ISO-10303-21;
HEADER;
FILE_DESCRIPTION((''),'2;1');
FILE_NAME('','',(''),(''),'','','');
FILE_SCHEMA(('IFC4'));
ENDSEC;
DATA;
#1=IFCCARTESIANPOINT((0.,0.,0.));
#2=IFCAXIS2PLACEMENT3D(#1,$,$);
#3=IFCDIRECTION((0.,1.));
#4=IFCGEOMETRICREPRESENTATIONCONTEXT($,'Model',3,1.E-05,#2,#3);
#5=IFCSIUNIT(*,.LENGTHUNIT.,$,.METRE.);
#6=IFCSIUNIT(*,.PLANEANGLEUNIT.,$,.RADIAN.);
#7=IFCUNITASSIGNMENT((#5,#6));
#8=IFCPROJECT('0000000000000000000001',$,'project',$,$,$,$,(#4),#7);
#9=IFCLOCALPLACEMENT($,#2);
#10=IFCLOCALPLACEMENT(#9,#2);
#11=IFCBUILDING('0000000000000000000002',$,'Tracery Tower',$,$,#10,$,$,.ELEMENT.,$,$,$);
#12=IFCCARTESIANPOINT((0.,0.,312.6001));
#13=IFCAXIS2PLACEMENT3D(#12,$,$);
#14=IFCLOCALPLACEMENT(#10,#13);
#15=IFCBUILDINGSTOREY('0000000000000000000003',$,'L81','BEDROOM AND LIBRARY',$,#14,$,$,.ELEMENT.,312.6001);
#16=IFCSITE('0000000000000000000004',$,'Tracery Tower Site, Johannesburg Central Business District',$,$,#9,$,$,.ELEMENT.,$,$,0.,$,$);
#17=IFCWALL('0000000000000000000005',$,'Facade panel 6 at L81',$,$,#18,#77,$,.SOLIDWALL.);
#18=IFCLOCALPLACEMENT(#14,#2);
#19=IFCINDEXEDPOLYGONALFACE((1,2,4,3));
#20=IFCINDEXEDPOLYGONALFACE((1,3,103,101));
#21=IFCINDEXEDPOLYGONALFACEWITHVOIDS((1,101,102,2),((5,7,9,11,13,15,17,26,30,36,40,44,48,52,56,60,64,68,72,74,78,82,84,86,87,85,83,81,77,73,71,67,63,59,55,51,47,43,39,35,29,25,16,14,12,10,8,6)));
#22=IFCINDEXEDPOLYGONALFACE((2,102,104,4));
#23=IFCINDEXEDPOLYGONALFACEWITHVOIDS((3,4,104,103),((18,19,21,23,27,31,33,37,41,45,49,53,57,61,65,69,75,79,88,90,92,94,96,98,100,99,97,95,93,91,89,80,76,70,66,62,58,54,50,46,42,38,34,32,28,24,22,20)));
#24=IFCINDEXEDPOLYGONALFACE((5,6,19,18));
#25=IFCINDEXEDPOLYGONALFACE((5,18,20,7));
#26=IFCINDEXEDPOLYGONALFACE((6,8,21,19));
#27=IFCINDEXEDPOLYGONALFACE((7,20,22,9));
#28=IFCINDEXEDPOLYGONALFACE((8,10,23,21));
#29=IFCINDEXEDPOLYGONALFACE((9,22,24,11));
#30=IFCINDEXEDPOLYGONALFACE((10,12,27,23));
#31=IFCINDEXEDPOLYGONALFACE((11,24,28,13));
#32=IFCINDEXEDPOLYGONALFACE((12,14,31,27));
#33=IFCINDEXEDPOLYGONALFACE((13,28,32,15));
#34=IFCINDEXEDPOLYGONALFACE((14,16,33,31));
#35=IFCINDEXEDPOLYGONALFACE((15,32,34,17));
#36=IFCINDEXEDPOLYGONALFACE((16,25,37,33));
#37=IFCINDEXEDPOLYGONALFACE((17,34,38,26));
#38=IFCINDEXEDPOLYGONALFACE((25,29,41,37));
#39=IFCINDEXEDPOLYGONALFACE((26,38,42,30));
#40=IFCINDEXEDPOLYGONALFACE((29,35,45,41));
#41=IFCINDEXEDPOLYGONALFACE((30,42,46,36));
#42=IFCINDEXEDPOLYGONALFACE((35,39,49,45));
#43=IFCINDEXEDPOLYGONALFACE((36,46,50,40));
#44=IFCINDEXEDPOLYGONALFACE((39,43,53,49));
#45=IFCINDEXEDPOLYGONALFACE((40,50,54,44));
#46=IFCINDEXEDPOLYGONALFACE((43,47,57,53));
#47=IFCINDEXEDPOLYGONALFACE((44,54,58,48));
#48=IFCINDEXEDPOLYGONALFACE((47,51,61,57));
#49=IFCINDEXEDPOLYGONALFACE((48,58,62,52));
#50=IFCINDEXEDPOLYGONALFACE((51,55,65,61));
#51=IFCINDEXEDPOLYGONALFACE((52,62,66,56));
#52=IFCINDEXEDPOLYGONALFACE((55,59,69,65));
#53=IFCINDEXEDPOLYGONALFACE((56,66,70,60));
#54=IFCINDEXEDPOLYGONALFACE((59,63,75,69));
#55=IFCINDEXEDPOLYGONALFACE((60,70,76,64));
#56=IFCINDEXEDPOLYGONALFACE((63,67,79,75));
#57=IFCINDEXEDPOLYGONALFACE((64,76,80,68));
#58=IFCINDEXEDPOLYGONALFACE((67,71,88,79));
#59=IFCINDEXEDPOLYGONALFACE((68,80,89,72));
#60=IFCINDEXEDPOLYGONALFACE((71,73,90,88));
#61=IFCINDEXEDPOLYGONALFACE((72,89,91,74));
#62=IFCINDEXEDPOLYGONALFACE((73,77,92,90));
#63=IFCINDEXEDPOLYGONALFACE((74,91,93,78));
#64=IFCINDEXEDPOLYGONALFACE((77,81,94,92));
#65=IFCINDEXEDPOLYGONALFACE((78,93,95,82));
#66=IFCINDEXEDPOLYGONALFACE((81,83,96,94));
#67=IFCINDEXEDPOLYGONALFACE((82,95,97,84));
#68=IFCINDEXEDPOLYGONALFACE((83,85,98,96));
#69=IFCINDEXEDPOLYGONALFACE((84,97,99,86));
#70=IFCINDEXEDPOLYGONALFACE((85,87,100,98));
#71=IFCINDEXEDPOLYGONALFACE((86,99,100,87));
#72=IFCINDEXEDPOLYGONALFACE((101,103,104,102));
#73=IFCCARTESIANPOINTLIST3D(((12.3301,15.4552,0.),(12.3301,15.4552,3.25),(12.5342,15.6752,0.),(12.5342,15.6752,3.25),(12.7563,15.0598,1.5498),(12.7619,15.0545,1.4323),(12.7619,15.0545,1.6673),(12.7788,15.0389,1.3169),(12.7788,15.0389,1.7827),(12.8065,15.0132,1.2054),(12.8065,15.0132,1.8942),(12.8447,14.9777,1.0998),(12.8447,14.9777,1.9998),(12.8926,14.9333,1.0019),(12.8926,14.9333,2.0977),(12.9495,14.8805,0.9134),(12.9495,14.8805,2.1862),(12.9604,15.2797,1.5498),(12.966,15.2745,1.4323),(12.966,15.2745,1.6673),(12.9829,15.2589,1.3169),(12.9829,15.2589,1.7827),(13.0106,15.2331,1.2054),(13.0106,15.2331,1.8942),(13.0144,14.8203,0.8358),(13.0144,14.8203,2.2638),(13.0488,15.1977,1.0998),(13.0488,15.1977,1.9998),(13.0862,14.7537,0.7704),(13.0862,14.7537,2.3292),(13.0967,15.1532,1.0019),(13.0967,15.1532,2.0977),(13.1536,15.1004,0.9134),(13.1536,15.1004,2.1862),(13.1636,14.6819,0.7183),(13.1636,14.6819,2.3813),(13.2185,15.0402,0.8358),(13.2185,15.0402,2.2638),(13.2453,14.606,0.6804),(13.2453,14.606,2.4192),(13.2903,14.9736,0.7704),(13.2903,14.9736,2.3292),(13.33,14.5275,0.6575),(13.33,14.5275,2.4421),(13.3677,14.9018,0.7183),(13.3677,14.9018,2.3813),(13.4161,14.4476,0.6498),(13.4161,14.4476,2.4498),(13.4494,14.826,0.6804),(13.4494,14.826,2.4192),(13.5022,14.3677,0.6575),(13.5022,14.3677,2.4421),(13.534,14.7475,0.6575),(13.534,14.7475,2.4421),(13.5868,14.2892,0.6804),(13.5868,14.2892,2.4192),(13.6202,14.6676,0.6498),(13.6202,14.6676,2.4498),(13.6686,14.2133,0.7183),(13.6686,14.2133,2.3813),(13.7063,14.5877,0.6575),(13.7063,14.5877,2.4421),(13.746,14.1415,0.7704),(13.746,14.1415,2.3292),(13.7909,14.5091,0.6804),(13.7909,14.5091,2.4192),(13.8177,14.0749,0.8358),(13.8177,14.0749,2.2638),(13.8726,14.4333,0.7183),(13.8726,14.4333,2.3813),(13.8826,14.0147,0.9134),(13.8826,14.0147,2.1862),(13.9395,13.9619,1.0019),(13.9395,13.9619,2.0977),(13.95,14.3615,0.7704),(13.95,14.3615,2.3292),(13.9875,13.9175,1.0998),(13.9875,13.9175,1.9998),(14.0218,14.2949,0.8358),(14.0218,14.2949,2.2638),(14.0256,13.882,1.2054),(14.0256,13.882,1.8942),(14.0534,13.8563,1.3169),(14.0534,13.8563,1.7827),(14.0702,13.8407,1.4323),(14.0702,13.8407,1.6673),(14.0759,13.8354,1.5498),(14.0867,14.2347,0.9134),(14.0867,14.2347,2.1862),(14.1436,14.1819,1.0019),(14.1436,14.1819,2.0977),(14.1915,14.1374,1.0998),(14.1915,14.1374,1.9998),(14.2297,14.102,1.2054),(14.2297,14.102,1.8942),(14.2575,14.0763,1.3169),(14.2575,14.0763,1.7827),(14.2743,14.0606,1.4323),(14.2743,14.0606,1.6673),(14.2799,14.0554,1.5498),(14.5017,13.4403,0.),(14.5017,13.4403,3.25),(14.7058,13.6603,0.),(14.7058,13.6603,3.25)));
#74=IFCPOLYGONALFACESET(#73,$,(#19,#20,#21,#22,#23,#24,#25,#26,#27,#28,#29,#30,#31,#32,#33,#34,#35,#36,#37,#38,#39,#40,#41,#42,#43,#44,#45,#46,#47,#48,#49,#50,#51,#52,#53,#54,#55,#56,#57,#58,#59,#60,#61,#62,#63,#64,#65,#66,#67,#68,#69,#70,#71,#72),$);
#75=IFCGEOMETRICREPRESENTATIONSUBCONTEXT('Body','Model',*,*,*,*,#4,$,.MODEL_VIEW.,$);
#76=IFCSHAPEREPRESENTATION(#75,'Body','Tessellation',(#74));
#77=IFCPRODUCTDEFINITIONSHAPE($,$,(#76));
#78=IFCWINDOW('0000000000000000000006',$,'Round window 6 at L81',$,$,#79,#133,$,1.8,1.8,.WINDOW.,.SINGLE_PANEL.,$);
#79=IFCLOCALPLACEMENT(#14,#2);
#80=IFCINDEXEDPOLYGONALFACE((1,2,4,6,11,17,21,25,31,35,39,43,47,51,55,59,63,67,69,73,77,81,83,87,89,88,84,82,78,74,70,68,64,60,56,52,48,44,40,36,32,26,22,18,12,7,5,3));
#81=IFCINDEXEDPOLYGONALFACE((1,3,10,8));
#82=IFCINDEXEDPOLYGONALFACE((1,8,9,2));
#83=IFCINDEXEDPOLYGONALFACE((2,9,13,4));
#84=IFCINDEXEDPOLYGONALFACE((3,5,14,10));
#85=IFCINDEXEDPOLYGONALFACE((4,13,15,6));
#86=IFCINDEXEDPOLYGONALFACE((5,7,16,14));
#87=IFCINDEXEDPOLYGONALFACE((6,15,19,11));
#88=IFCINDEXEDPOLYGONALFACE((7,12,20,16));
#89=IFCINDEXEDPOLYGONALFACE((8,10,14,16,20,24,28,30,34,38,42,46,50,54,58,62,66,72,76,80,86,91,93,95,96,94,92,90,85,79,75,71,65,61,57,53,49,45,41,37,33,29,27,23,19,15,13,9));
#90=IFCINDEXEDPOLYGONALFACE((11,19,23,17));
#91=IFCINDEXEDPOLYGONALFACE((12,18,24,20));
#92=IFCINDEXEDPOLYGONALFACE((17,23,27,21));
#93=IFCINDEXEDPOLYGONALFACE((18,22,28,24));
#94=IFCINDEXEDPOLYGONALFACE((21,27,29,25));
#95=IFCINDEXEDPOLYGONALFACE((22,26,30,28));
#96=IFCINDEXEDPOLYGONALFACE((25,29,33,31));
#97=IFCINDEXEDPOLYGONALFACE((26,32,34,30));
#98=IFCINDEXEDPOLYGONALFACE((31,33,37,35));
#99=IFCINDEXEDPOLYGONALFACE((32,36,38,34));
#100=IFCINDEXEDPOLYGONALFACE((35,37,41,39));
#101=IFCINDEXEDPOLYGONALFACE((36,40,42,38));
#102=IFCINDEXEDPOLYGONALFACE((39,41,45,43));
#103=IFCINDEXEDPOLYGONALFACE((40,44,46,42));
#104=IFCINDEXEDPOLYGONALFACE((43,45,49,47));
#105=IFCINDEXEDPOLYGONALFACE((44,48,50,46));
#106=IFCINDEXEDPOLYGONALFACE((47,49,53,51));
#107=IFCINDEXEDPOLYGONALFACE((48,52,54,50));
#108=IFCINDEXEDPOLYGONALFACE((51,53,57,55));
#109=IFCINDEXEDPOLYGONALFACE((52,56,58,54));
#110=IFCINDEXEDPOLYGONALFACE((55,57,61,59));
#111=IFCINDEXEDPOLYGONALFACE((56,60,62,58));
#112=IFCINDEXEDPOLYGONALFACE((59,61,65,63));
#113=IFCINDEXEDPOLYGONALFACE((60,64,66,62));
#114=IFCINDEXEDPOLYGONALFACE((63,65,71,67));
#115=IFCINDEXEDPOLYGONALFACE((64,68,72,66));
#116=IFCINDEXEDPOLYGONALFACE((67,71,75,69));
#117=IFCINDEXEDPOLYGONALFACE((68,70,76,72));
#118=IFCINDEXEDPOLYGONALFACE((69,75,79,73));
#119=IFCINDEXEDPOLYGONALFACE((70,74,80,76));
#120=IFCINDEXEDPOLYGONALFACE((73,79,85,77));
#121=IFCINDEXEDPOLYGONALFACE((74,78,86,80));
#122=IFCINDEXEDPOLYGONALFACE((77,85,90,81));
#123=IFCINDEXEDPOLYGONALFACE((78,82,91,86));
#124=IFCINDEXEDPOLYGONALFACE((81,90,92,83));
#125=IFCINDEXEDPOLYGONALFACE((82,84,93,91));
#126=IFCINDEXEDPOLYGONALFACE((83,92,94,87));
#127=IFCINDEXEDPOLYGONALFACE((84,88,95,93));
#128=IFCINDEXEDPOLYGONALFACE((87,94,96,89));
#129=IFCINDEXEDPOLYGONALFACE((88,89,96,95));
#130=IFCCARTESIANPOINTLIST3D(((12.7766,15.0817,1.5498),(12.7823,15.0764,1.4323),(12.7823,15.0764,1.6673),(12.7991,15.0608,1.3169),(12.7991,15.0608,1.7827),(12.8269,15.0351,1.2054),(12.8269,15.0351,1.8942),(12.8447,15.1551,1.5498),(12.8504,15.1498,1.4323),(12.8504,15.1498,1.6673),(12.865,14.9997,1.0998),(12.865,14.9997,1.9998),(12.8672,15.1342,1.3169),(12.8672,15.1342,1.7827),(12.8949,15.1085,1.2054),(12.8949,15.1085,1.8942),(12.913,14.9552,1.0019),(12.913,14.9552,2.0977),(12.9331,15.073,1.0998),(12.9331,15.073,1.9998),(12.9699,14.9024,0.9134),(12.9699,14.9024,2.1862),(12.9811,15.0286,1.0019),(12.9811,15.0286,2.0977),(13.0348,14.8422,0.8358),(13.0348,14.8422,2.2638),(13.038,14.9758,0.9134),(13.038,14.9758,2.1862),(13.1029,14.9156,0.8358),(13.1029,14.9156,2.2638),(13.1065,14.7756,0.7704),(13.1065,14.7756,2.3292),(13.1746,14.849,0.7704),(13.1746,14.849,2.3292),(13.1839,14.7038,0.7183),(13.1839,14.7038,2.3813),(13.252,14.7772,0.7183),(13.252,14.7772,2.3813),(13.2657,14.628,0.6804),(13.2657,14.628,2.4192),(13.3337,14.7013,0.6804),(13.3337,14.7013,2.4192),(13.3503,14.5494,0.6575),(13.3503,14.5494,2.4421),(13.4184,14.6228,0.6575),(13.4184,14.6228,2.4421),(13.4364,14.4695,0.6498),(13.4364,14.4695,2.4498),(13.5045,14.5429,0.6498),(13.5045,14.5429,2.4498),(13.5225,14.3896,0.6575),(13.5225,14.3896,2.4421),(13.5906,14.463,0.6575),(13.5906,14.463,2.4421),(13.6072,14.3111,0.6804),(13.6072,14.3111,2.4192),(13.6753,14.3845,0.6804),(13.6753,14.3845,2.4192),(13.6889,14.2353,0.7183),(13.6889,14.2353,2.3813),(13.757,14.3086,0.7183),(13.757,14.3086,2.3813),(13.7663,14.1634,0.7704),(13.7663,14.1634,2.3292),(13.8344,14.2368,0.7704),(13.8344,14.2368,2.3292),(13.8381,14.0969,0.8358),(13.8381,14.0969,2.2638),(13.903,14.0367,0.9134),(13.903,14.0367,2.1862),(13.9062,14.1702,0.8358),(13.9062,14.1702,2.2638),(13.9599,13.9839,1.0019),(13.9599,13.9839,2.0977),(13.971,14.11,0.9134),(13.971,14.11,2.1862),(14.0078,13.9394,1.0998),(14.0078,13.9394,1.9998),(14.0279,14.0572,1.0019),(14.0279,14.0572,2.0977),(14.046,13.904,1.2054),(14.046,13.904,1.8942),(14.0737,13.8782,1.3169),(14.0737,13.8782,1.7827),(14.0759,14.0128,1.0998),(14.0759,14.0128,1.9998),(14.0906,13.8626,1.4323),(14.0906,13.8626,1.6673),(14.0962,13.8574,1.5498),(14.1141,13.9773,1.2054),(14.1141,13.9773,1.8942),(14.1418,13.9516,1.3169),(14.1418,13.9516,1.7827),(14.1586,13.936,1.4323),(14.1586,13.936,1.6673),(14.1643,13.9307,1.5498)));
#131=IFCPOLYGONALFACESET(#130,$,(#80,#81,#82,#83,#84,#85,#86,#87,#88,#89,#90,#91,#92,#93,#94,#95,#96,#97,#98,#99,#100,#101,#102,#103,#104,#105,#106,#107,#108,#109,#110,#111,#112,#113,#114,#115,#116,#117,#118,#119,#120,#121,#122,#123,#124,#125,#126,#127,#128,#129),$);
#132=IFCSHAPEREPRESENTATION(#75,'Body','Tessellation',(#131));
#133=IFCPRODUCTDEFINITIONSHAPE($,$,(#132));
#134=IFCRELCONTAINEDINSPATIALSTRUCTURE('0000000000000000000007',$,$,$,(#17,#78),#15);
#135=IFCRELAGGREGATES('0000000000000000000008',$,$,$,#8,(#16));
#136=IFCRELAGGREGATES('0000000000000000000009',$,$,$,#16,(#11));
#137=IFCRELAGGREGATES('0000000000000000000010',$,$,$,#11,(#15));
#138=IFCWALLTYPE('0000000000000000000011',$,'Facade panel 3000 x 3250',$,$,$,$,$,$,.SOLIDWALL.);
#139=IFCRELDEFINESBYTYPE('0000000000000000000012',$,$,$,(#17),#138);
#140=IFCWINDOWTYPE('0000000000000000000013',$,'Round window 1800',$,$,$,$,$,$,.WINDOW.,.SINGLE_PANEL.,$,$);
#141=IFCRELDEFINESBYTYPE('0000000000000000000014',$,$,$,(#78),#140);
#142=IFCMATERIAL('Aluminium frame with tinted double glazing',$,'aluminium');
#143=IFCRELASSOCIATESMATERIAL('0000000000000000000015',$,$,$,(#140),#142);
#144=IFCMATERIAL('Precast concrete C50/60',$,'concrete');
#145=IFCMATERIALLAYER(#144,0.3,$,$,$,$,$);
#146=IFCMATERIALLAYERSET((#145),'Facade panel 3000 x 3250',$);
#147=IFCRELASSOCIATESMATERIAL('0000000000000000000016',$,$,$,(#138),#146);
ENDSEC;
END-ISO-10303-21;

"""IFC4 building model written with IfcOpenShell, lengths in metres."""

from ifc_helpers import new_model, si_unit, direction, frame, frame_2d, origin, origin_2d, place, context, subcontext, project, spatial, rectangle, circle, extrude, material, layer, layer_set, type_object, element, fill, save


model = new_model("IFC4")

# Units and contexts
model_context = context("Model", 3, precision=1e-05, world=origin(), true_north=direction((0.0, 1.0)))
body_context = subcontext(model_context, "Body", "Model", "MODEL_VIEW")
ifc_project = project(units=[si_unit("LENGTHUNIT", "METRE"), si_unit("PLANEANGLEUNIT", "RADIAN")], contexts=[model_context])

# Site, building, storey
site_placement = place(None, origin())
site = spatial("IfcSite", under=ifc_project, at=site_placement, Name="Tracery Tower Site, Johannesburg Central Business District", CompositionType="ELEMENT", RefElevation=0.0)
building_placement = place(site_placement, origin())
building = spatial("IfcBuilding", under=site, at=building_placement, Name="Tracery Tower", CompositionType="ELEMENT")
storey_placement = place(building_placement, frame((0.0, 0.0, 312.6001)))
storey = spatial("IfcBuildingStorey", under=building, at=storey_placement, Name="L81", Description="BEDROOM AND LIBRARY", CompositionType="ELEMENT", Elevation=312.6001)

# Wall, opening, window
ifc_material_1 = material(Name="Aluminium frame with tinted double glazing", Category="aluminium")
window_type = type_object("IfcWindowType", Name="Round window 1800", PartitioningType="SINGLE_PANEL", PredefinedType="WINDOW", material=ifc_material_1)
ifc_material_2 = material(Name="Precast concrete C50/60", Category="concrete")
ifc_layer_1 = layer(ifc_material_2, 0.3)
ifc_layer_set_1 = layer_set([ifc_layer_1], Name="Facade panel 3000 x 3250")
wall_type_1 = type_object("IfcWallType", Name="Facade panel 3000 x 3250", PredefinedType="SOLIDWALL", material=ifc_layer_set_1)
wall_1_placement = place(storey_placement, frame((14.6038, 13.5503, 0.0), z_axis=(0.0, 0.0, 1.0), x_axis=(-0.733066, 0.680157, 0.0)))
wall_1 = element("IfcWall", 1, at=wall_1_placement, inside=storey, type_object=wall_type_1, Name="Facade panel 6 at L81", PredefinedType="SOLIDWALL", context=body_context, shape_type="SweptSolid", body=[
    extrude(rectangle(XDim=2.9624, YDim=0.3, at=frame_2d((1.4812, 0.0))), origin(), (0.0, 0.0, 1.0), 3.25),
])
opening_1_placement = place(wall_1_placement, frame((1.481, 0.0, 1.5498)))
opening_1 = element("IfcOpeningElement", 2, at=opening_1_placement, cuts=wall_1, PredefinedType="OPENING", context=body_context, shape_type="SweptSolid", body=[
    extrude(circle(Radius=0.9, at=origin_2d()), frame((0.0, 0.1599, 0.0), z_axis=(0.0, -1.0, 0.0), x_axis=(1.0, 0.0, 0.0)), (0.0, 0.0, 1.0), 0.3201),
])
window_1_placement = place(opening_1_placement, origin())
window_1 = element("IfcWindow", 3, at=window_1_placement, inside=storey, type_object=window_type, Name="Round window 6 at L81", OverallHeight=1.8, OverallWidth=1.8, PartitioningType="SINGLE_PANEL", PredefinedType="WINDOW", context=body_context, shape_type="SweptSolid", body=[
    extrude(circle(Radius=0.9, at=origin_2d()), frame((0.0, 0.1201, 0.0), z_axis=(0.0, -1.0, 0.0), x_axis=(1.0, 0.0, 0.0)), (0.0, 0.0, 1.0), 0.1001),
])
fill(opening_1, window_1)

save(model, "model.ifc")
